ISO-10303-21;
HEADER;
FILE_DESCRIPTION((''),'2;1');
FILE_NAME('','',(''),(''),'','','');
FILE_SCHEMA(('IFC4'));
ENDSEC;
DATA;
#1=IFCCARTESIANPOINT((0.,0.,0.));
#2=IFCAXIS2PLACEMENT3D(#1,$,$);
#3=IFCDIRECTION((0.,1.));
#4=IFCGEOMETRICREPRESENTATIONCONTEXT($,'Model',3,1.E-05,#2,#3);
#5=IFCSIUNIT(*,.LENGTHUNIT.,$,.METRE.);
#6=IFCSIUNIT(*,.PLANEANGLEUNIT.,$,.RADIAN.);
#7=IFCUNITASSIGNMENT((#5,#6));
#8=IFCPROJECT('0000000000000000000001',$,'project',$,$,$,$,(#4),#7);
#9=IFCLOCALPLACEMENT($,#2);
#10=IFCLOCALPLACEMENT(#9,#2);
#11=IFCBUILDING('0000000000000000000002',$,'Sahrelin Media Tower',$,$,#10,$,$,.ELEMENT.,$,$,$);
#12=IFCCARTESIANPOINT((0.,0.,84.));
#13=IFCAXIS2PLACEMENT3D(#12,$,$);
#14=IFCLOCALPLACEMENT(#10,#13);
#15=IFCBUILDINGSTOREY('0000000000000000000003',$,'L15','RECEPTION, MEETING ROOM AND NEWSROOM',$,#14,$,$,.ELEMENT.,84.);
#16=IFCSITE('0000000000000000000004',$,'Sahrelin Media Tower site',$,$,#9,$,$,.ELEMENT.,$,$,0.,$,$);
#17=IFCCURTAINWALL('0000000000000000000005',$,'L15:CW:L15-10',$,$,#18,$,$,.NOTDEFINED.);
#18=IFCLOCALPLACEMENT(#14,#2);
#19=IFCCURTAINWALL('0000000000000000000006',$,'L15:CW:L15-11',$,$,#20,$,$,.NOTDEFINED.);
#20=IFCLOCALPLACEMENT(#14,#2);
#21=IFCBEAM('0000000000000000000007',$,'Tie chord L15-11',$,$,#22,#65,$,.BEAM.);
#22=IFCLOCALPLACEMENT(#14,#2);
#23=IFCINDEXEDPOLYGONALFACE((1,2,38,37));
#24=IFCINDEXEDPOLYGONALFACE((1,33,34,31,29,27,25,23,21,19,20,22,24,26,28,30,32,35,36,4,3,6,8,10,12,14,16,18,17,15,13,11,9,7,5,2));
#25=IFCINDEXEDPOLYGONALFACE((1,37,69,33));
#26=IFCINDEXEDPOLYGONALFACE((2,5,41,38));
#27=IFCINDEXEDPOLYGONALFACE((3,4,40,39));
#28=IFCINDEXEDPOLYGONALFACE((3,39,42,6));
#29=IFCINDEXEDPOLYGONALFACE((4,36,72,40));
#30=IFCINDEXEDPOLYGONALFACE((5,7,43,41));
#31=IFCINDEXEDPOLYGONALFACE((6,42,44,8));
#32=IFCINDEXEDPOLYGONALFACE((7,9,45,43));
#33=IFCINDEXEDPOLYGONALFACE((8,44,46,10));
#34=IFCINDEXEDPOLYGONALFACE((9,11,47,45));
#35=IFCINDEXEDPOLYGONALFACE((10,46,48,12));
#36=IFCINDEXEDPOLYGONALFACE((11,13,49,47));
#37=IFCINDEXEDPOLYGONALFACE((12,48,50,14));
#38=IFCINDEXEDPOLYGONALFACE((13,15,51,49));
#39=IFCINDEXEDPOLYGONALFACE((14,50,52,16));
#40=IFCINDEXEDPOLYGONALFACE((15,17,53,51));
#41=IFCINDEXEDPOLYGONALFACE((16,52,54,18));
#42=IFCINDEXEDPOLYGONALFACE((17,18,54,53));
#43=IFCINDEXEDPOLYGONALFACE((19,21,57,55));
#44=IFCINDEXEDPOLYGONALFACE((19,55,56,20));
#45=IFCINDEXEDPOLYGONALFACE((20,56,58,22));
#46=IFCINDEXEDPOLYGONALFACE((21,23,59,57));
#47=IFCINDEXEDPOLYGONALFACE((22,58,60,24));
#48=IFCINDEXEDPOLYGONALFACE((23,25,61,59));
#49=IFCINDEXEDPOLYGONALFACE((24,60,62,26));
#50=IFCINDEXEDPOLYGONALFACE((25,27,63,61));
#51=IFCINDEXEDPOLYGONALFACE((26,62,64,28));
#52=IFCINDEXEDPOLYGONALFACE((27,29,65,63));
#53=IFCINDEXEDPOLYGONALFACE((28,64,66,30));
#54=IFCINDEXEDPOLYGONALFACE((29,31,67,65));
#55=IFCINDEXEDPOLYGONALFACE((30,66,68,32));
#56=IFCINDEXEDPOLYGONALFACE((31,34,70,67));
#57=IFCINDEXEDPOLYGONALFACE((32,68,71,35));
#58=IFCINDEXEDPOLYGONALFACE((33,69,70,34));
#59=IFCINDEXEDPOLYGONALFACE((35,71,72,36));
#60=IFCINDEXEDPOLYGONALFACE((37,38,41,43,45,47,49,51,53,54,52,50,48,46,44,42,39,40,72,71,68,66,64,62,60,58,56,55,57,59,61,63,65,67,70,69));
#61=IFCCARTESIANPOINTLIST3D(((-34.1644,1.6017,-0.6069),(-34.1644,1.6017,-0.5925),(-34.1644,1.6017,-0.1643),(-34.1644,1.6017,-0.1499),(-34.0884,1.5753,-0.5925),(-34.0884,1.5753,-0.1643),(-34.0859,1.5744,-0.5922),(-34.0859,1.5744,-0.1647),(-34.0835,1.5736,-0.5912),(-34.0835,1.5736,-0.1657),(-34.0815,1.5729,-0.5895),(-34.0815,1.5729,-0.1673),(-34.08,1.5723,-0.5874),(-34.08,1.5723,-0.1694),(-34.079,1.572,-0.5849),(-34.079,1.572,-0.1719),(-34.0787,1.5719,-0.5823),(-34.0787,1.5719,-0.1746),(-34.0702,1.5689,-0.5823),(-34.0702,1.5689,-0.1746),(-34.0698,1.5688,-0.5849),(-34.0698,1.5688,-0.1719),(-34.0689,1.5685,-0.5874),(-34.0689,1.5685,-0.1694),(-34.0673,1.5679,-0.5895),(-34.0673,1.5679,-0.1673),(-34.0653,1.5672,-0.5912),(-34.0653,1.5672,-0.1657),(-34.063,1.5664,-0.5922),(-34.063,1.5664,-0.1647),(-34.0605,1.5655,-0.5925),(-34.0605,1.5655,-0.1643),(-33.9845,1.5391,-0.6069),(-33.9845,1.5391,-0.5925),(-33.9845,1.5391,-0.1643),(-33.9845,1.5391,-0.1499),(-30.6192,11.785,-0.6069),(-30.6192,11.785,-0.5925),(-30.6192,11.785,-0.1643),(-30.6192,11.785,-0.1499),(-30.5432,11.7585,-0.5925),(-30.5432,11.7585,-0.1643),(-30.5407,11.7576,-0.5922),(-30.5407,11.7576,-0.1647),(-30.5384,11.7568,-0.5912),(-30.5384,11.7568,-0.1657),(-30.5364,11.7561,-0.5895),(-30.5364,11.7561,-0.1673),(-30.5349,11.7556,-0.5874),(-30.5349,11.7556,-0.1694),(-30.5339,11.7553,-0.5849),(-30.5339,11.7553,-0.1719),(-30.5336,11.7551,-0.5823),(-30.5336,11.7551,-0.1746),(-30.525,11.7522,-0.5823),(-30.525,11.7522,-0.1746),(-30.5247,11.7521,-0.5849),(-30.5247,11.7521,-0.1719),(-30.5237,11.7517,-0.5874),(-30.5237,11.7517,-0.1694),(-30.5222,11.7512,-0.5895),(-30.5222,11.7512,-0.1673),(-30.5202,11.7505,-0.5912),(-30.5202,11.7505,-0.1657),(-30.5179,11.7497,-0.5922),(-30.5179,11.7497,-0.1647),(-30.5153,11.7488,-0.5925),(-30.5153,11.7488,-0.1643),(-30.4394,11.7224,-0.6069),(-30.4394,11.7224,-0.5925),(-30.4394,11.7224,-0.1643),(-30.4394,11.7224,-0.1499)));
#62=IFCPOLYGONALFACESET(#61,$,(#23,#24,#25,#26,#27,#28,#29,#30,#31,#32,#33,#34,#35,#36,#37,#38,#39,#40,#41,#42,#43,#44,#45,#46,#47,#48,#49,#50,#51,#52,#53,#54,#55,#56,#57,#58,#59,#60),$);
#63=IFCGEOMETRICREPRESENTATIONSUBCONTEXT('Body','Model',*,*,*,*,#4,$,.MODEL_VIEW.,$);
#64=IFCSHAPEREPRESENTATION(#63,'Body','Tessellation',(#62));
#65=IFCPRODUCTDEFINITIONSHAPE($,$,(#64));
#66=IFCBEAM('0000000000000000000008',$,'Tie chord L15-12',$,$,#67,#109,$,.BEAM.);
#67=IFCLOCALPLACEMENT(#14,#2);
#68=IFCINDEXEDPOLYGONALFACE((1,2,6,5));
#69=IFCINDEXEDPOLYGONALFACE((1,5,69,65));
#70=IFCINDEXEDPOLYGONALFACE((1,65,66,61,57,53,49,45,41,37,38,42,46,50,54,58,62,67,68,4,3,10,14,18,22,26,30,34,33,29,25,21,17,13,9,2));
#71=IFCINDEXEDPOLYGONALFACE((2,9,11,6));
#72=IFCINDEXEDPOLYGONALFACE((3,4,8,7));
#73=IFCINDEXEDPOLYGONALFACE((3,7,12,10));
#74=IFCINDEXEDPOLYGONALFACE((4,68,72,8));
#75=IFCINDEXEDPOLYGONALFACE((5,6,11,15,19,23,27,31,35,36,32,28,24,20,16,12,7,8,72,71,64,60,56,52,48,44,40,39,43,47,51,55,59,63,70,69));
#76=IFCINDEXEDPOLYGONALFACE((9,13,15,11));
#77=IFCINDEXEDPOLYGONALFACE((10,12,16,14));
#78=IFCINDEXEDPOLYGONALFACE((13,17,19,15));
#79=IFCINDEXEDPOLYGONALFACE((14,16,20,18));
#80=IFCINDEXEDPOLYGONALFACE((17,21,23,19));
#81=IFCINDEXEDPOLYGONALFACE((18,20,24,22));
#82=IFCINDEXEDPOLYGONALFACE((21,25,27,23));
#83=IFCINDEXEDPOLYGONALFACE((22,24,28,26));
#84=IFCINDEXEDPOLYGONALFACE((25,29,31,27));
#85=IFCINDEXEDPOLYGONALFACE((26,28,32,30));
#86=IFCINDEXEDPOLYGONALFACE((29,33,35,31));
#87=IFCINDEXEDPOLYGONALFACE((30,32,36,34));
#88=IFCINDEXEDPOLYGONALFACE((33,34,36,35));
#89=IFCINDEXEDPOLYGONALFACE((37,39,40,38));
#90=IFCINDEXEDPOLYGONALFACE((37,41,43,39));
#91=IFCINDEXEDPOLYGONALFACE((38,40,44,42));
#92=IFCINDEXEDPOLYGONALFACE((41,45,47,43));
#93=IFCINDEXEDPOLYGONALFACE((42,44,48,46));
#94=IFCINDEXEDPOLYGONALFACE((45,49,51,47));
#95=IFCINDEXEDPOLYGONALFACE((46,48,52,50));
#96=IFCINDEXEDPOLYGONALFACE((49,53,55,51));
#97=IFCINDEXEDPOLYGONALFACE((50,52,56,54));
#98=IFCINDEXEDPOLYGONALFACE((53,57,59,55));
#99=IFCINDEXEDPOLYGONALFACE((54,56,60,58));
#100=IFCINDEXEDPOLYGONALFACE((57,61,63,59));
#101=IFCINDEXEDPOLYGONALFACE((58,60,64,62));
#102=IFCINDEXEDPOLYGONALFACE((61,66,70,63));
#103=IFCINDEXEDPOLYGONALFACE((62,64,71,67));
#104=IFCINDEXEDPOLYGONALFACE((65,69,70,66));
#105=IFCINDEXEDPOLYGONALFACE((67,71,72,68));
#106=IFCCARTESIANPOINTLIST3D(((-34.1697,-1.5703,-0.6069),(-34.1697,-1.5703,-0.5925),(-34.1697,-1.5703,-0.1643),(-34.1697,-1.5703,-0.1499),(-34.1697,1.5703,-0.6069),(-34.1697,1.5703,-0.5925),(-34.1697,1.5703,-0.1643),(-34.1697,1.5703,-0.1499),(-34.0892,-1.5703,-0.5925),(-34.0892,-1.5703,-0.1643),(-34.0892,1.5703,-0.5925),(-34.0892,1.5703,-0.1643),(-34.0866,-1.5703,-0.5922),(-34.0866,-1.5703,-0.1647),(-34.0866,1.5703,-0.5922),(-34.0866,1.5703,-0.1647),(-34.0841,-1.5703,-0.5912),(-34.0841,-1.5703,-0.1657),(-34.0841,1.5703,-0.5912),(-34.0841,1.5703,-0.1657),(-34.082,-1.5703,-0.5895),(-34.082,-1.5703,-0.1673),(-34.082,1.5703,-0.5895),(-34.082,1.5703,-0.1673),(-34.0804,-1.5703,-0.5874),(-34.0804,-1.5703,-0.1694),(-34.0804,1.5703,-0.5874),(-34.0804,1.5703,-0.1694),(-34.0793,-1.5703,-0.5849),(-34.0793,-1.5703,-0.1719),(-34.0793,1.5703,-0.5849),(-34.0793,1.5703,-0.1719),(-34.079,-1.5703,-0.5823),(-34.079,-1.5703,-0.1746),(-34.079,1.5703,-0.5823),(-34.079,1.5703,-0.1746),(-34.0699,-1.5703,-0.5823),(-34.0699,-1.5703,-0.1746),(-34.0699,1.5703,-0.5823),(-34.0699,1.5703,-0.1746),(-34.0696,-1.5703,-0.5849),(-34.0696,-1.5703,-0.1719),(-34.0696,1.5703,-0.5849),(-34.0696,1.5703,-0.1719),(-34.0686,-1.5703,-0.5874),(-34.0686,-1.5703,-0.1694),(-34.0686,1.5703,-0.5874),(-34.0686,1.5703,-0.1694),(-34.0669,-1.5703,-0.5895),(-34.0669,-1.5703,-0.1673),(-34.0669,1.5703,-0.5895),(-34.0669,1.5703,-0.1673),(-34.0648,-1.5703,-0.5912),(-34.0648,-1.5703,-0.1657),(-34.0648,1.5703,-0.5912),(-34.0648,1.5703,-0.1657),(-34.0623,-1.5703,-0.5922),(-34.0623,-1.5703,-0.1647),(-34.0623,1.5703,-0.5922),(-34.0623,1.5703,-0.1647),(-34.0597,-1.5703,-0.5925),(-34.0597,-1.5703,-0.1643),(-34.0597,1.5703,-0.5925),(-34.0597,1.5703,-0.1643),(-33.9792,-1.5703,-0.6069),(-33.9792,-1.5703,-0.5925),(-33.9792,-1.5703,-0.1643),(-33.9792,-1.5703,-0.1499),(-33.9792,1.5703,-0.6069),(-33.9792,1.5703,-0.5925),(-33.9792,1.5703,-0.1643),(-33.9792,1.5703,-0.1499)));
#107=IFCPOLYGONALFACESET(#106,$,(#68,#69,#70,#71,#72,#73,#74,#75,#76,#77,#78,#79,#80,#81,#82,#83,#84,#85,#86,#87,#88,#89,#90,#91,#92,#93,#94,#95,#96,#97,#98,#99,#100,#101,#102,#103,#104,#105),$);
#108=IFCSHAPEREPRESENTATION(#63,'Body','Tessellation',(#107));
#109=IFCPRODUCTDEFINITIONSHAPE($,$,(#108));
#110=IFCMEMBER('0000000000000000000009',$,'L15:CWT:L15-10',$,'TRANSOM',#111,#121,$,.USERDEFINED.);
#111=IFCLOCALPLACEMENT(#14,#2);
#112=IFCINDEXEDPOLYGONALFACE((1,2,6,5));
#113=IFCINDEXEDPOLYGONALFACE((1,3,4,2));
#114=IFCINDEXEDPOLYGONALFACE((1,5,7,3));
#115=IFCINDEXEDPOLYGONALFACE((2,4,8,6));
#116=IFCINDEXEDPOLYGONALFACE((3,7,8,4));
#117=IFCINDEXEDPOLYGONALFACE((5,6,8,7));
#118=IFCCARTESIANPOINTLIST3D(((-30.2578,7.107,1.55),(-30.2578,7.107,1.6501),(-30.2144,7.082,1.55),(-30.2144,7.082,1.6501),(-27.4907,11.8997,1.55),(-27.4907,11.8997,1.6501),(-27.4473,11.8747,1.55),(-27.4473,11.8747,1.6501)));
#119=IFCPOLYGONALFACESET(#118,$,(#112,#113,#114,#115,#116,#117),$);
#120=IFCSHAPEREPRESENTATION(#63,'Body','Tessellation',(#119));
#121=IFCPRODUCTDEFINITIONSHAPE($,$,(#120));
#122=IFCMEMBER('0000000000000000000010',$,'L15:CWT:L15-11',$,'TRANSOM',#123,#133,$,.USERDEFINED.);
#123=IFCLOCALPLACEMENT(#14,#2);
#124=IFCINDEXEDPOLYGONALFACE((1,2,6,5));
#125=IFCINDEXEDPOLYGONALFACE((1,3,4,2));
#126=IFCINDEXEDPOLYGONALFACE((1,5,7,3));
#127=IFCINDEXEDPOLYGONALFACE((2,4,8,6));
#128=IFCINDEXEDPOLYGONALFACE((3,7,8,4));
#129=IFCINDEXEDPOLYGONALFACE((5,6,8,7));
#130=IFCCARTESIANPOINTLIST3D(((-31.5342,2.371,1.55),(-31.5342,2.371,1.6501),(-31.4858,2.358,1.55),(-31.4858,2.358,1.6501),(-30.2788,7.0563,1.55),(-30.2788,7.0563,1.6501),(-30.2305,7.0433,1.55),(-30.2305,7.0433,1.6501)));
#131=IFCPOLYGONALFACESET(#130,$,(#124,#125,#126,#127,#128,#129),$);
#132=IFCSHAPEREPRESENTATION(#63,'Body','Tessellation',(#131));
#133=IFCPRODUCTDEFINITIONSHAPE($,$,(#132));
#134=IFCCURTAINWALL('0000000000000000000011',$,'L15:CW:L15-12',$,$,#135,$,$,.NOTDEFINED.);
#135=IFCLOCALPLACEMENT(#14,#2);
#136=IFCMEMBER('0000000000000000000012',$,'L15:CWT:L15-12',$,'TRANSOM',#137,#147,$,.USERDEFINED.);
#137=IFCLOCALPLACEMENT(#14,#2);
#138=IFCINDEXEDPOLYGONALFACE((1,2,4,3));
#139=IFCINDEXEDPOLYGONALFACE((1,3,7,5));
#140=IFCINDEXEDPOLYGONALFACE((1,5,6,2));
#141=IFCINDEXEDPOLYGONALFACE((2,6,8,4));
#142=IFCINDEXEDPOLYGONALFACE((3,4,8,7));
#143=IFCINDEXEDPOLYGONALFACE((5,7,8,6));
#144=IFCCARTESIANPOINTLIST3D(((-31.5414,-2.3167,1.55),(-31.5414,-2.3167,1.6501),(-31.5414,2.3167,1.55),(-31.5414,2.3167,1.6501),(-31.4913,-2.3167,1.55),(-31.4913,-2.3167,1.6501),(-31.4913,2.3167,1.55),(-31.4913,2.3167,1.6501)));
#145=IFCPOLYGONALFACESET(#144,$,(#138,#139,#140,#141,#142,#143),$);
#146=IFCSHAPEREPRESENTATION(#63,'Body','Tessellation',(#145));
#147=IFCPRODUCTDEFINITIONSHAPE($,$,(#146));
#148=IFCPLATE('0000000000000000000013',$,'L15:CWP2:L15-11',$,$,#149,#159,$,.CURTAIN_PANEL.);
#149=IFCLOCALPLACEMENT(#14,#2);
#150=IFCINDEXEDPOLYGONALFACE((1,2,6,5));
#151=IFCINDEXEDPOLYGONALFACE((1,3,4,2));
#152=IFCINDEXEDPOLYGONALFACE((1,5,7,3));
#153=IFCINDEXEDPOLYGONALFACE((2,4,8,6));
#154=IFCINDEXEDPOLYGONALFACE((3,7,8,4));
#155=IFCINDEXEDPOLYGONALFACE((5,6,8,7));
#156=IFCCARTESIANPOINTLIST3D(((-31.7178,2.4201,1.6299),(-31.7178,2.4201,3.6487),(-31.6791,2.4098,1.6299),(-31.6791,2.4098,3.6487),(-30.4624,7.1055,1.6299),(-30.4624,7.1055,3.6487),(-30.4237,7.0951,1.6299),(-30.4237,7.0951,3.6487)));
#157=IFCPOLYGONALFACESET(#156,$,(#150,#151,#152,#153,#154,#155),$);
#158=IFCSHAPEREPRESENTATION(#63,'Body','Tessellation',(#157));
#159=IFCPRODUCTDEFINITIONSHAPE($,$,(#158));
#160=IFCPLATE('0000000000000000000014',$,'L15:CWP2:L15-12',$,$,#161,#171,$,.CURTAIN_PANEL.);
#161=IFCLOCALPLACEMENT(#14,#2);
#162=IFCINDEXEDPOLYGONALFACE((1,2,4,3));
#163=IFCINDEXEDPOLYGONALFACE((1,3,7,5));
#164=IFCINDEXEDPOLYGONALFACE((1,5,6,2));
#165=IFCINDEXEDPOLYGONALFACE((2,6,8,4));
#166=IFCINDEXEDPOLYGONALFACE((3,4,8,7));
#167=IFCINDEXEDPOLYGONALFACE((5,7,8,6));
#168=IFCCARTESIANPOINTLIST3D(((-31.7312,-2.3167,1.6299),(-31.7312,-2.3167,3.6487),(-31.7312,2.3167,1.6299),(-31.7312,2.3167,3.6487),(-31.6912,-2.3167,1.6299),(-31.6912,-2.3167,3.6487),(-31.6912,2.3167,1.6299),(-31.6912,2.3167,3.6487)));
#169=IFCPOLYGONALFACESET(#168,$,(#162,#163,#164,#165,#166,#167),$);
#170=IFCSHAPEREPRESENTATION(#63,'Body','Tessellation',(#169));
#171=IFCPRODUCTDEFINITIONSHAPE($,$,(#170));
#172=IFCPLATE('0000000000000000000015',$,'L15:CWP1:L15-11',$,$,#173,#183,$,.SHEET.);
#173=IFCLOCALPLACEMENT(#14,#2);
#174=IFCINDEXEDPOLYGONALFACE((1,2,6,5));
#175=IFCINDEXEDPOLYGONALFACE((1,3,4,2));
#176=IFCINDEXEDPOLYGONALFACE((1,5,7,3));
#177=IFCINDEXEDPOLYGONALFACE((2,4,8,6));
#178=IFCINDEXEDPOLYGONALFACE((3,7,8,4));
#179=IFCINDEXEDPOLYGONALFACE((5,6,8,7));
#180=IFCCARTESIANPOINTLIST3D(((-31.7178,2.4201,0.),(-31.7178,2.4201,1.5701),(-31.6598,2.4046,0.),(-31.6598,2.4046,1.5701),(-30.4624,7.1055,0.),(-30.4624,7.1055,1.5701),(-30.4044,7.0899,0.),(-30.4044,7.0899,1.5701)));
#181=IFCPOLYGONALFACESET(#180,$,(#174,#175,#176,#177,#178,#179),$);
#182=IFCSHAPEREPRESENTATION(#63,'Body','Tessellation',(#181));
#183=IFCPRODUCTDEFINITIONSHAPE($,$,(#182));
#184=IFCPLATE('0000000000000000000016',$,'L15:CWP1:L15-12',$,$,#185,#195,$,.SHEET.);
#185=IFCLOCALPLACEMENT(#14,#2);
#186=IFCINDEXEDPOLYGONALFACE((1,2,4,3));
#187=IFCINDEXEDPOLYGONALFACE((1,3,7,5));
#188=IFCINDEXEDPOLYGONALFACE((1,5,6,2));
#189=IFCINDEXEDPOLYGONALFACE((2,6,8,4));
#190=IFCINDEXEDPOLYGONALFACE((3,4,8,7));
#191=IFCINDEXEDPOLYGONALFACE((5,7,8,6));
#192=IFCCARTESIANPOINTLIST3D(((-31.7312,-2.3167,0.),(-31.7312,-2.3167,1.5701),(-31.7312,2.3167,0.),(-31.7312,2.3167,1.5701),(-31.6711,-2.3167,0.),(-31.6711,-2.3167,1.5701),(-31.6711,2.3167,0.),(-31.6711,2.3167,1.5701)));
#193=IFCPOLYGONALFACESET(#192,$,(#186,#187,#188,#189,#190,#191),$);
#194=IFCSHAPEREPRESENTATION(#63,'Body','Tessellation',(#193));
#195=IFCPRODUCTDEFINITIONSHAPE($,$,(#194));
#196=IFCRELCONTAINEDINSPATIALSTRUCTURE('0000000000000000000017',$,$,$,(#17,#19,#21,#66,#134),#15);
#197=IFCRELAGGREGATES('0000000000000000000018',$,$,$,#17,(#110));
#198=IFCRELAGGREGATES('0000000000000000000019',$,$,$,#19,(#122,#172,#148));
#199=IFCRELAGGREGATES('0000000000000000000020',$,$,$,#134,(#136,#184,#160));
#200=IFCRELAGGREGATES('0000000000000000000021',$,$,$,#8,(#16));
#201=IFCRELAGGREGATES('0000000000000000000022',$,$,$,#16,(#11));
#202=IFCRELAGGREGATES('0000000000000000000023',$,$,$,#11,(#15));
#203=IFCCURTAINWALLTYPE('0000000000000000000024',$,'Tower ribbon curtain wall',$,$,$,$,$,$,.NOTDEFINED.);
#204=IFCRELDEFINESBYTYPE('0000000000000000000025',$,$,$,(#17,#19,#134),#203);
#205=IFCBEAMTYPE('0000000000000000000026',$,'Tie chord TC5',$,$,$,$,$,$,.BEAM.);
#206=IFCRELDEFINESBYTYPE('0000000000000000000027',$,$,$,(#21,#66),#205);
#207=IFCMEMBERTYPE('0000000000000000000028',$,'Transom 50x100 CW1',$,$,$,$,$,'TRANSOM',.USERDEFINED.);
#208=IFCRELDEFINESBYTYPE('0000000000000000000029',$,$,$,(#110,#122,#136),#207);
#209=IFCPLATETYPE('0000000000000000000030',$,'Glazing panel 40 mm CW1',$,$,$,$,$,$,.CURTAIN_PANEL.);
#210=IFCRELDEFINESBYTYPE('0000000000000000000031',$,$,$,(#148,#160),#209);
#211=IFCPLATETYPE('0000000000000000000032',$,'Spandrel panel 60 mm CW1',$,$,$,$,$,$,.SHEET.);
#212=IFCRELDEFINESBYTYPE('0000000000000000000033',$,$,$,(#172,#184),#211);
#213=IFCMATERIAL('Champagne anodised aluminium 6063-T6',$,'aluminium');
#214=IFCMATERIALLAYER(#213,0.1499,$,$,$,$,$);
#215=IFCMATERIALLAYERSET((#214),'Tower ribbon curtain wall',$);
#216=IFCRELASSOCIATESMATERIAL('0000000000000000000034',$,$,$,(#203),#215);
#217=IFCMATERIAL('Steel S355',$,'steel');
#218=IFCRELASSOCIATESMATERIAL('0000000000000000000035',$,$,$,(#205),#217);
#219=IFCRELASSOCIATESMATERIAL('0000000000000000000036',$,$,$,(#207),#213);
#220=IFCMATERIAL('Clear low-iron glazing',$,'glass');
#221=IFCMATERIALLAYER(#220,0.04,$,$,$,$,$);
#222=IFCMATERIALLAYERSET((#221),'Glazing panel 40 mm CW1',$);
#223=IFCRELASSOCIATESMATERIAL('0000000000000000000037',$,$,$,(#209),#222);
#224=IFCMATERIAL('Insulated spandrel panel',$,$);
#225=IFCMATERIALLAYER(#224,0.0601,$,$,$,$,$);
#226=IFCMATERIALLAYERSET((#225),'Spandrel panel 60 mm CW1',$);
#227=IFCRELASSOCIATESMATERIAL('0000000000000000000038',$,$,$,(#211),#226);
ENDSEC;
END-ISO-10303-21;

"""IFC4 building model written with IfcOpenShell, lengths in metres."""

from ifc_helpers import new_model, si_unit, direction, frame, origin, origin_2d, place, context, subcontext, project, spatial, polyline, rectangle, i_section, outline, extrude, material, layer, layer_set, material_profile, profile_set, type_object, element, aggregate, save


model = new_model("IFC4")

# Units and contexts
model_context = context("Model", 3, precision=1e-05, world=origin(), true_north=direction((0.0, 1.0)))
body_context = subcontext(model_context, "Body", "Model", "MODEL_VIEW")
ifc_project = project(units=[si_unit("LENGTHUNIT", "METRE"), si_unit("PLANEANGLEUNIT", "RADIAN")], contexts=[model_context])

# Site, building, storey
site_placement = place(None, origin())
site = spatial("IfcSite", under=ifc_project, at=site_placement, Name="Sahrelin Media Tower site", CompositionType="ELEMENT", RefElevation=0.0)
building_placement = place(site_placement, origin())
building = spatial("IfcBuilding", under=site, at=building_placement, Name="Sahrelin Media Tower", CompositionType="ELEMENT")
storey_placement = place(building_placement, frame((0.0, 0.0, 84.0)))
storey = spatial("IfcBuildingStorey", under=building, at=storey_placement, Name="L15", Description="RECEPTION, MEETING ROOM AND NEWSROOM", CompositionType="ELEMENT", Elevation=84.0)

# Shared definitions
ifc_material_1 = material(Name="Steel S355", Category="steel")

# Curtain walls
ifc_material_2 = material(Name="Champagne anodised aluminium 6063-T6", Category="aluminium")
ifc_layer_1 = layer(ifc_material_2, 0.1499)
ifc_layer_set_1 = layer_set([ifc_layer_1], Name="Tower ribbon curtain wall")
curtain_wall_type = type_object("IfcCurtainWallType", Name="Tower ribbon curtain wall", PredefinedType="NOTDEFINED", material=ifc_layer_set_1)
curtain_wall_1_placement = place(storey_placement, frame((-29.0215, 9.5884, 0.0), z_axis=(0.0, 0.0, 1.0), x_axis=(1.0, 0.0, 0.0)))
curtain_wall_1 = element("IfcCurtainWall", 1, at=curtain_wall_1_placement, inside=storey, type_object=curtain_wall_type, Name="L15:CW:L15-10", PredefinedType="NOTDEFINED")
curtain_wall_2_placement = place(storey_placement, frame((-31.0708, 4.7576, 0.0), z_axis=(0.0, 0.0, 1.0), x_axis=(1.0, 0.0, 0.0)))
curtain_wall_2 = element("IfcCurtainWall", 2, at=curtain_wall_2_placement, inside=storey, type_object=curtain_wall_type, Name="L15:CW:L15-11", PredefinedType="NOTDEFINED")

# Beams
ifc_material_profile_1 = material_profile(ifc_material_1, i_section(OverallWidth=0.1904, OverallDepth=0.457, WebThickness=0.009, FlangeThickness=0.0144, FilletRadius=0.0103, at=origin_2d()), Name="UB 457x191x74")
ifc_profile_set_1 = profile_set([ifc_material_profile_1], Name="Steel S355")
beam_type_1 = type_object("IfcBeamType", Name="Tie chord TC5", PredefinedType="BEAM", material=ifc_profile_set_1)
beam_1_placement = place(storey_placement, frame((-30.5293, 11.7537, -0.3784), z_axis=(-0.32878, -0.944407, 0.0), x_axis=(0.944407, -0.32878, 0.0)))
element("IfcBeam", 3, at=beam_1_placement, inside=storey, type_object=beam_type_1, Name="Tie chord L15-11", PredefinedType="BEAM", context=body_context, shape_type="SweptSolid", body=[
    extrude(i_section(OverallWidth=0.1904, OverallDepth=0.457, WebThickness=0.009, FlangeThickness=0.0144, FilletRadius=0.0103, at=origin_2d()), origin(), (0.0, 0.0, 1.0), 10.7827),
])
beam_2_placement = place(storey_placement, frame((-34.0745, 1.5703, -0.3784), z_axis=(0.0, -1.0, 0.0), x_axis=(1.0, 0.0, 0.0)))
element("IfcBeam", 4, at=beam_2_placement, inside=storey, type_object=beam_type_1, Name="Tie chord L15-12", PredefinedType="BEAM", context=body_context, shape_type="SweptSolid", body=[
    extrude(i_section(OverallWidth=0.1904, OverallDepth=0.457, WebThickness=0.009, FlangeThickness=0.0144, FilletRadius=0.0103, at=origin_2d()), origin(), (0.0, 0.0, 1.0), 3.1406),
])

# Members
ifc_material_profile_2 = material_profile(ifc_material_2, rectangle(XDim=0.05, YDim=0.1001, at=origin_2d()), Name="Transom 50x100")
ifc_profile_set_2 = profile_set([ifc_material_profile_2], Name="Champagne anodised aluminium 6063-T6")
member_type_1 = type_object("IfcMemberType", Name="Transom 50x100 CW1", ElementType="TRANSOM", PredefinedType="USERDEFINED", material=ifc_profile_set_2)
member_1_placement = place(storey_placement, frame((-27.469, 11.8872, 1.6001), z_axis=(-0.500001, -0.866025, 0.0), x_axis=(0.866025, -0.500001, 0.0)))
member_1 = element("IfcMember", 5, at=member_1_placement, type_object=member_type_1, Name="L15:CWT:L15-10", ObjectType="TRANSOM", PredefinedType="USERDEFINED", context=body_context, shape_type="SweptSolid", body=[
    extrude(rectangle(XDim=0.05, YDim=0.1001, at=origin_2d()), origin(), (0.0, 0.0, 1.0), 5.5342),
])
aggregate(curtain_wall_1, [member_1])
member_2_placement = place(storey_placement, frame((-30.2546, 7.0498, 1.6001), z_axis=(-0.258809, -0.965929, 0.0), x_axis=(0.965929, -0.258809, 0.0)))
member_2 = element("IfcMember", 6, at=member_2_placement, type_object=member_type_1, Name="L15:CWT:L15-11", ObjectType="TRANSOM", PredefinedType="USERDEFINED", context=body_context, shape_type="SweptSolid", body=[
    extrude(rectangle(XDim=0.05, YDim=0.1001, at=origin_2d()), origin(), (0.0, 0.0, 1.0), 4.8506),
])

# Curtain wall, member
curtain_wall_3_placement = place(storey_placement, frame((-31.7112, 0.0, 0.0), z_axis=(0.0, 0.0, 1.0), x_axis=(1.0, 0.0, 0.0)))
curtain_wall_3 = element("IfcCurtainWall", 7, at=curtain_wall_3_placement, inside=storey, type_object=curtain_wall_type, Name="L15:CW:L15-12", PredefinedType="NOTDEFINED")
member_3_placement = place(storey_placement, frame((-31.5164, 2.3167, 1.6001), z_axis=(0.0, -1.0, 0.0), x_axis=(1.0, 0.0, 0.0)))
member_3 = element("IfcMember", 8, at=member_3_placement, type_object=member_type_1, Name="L15:CWT:L15-12", ObjectType="TRANSOM", PredefinedType="USERDEFINED", context=body_context, shape_type="SweptSolid", body=[
    extrude(rectangle(XDim=0.05, YDim=0.1001, at=origin_2d()), origin(), (0.0, 0.0, 1.0), 4.6333),
])

# Plates
ifc_material_3 = material(Name="Clear low-iron glazing", Category="glass")
ifc_layer_2 = layer(ifc_material_3, 0.04)
ifc_layer_set_2 = layer_set([ifc_layer_2], Name="Glazing panel 40 mm CW1")
plate_type_1 = type_object("IfcPlateType", Name="Glazing panel 40 mm CW1", PredefinedType="CURTAIN_PANEL", material=ifc_layer_set_2)
plate_1_placement = place(storey_placement, frame((-30.4624, 7.1055, 1.6299), z_axis=(-0.965929, 0.258809, 0.0), x_axis=(-0.258809, -0.965929, 0.0)))
plate_1 = element("IfcPlate", 9, at=plate_1_placement, type_object=plate_type_1, Name="L15:CWP2:L15-11", PredefinedType="CURTAIN_PANEL", context=body_context, shape_type="SweptSolid", body=[
    extrude(outline(polyline([(0.0, 0.0), (4.8506, 0.0), (4.8506, 2.0188), (0.0, 2.0188), (0.0, 0.0)])), origin(), (0.0, 0.0, -1.0), 0.04),
])
plate_2_placement = place(storey_placement, frame((-31.7312, 2.3167, 1.6299), z_axis=(-1.0, 0.0, 0.0), x_axis=(0.0, -1.0, 0.0)))
plate_2 = element("IfcPlate", 10, at=plate_2_placement, type_object=plate_type_1, Name="L15:CWP2:L15-12", PredefinedType="CURTAIN_PANEL", context=body_context, shape_type="SweptSolid", body=[
    extrude(outline(polyline([(0.0, 0.0), (4.6333, 0.0), (4.6333, 2.0188), (0.0, 2.0188), (0.0, 0.0)])), origin(), (0.0, 0.0, -1.0), 0.04),
])
ifc_material_4 = material(Name="Insulated spandrel panel")
ifc_layer_3 = layer(ifc_material_4, 0.0601)
ifc_layer_set_3 = layer_set([ifc_layer_3], Name="Spandrel panel 60 mm CW1")
plate_type_2 = type_object("IfcPlateType", Name="Spandrel panel 60 mm CW1", PredefinedType="SHEET", material=ifc_layer_set_3)
plate_3_placement = place(storey_placement, frame((-30.4624, 7.1055, 0.0), z_axis=(-0.965929, 0.258809, 0.0), x_axis=(-0.258809, -0.965929, 0.0)))
plate_3 = element("IfcPlate", 11, at=plate_3_placement, type_object=plate_type_2, Name="L15:CWP1:L15-11", PredefinedType="SHEET", context=body_context, shape_type="SweptSolid", body=[
    extrude(outline(polyline([(0.0, 0.0), (4.8506, 0.0), (4.8506, 1.5701), (0.0, 1.5701), (0.0, 0.0)])), origin(), (0.0, 0.0, -1.0), 0.0601),
])
aggregate(curtain_wall_2, [member_2, plate_3, plate_1])
plate_4_placement = place(storey_placement, frame((-31.7312, 2.3167, 0.0), z_axis=(-1.0, 0.0, 0.0), x_axis=(0.0, -1.0, 0.0)))
plate_4 = element("IfcPlate", 12, at=plate_4_placement, type_object=plate_type_2, Name="L15:CWP1:L15-12", PredefinedType="SHEET", context=body_context, shape_type="SweptSolid", body=[
    extrude(outline(polyline([(0.0, 0.0), (4.6333, 0.0), (4.6333, 1.5701), (0.0, 1.5701), (0.0, 0.0)])), origin(), (0.0, 0.0, -1.0), 0.0601),
])
aggregate(curtain_wall_3, [member_3, plate_4, plate_2])

save(model, "model.ifc")
